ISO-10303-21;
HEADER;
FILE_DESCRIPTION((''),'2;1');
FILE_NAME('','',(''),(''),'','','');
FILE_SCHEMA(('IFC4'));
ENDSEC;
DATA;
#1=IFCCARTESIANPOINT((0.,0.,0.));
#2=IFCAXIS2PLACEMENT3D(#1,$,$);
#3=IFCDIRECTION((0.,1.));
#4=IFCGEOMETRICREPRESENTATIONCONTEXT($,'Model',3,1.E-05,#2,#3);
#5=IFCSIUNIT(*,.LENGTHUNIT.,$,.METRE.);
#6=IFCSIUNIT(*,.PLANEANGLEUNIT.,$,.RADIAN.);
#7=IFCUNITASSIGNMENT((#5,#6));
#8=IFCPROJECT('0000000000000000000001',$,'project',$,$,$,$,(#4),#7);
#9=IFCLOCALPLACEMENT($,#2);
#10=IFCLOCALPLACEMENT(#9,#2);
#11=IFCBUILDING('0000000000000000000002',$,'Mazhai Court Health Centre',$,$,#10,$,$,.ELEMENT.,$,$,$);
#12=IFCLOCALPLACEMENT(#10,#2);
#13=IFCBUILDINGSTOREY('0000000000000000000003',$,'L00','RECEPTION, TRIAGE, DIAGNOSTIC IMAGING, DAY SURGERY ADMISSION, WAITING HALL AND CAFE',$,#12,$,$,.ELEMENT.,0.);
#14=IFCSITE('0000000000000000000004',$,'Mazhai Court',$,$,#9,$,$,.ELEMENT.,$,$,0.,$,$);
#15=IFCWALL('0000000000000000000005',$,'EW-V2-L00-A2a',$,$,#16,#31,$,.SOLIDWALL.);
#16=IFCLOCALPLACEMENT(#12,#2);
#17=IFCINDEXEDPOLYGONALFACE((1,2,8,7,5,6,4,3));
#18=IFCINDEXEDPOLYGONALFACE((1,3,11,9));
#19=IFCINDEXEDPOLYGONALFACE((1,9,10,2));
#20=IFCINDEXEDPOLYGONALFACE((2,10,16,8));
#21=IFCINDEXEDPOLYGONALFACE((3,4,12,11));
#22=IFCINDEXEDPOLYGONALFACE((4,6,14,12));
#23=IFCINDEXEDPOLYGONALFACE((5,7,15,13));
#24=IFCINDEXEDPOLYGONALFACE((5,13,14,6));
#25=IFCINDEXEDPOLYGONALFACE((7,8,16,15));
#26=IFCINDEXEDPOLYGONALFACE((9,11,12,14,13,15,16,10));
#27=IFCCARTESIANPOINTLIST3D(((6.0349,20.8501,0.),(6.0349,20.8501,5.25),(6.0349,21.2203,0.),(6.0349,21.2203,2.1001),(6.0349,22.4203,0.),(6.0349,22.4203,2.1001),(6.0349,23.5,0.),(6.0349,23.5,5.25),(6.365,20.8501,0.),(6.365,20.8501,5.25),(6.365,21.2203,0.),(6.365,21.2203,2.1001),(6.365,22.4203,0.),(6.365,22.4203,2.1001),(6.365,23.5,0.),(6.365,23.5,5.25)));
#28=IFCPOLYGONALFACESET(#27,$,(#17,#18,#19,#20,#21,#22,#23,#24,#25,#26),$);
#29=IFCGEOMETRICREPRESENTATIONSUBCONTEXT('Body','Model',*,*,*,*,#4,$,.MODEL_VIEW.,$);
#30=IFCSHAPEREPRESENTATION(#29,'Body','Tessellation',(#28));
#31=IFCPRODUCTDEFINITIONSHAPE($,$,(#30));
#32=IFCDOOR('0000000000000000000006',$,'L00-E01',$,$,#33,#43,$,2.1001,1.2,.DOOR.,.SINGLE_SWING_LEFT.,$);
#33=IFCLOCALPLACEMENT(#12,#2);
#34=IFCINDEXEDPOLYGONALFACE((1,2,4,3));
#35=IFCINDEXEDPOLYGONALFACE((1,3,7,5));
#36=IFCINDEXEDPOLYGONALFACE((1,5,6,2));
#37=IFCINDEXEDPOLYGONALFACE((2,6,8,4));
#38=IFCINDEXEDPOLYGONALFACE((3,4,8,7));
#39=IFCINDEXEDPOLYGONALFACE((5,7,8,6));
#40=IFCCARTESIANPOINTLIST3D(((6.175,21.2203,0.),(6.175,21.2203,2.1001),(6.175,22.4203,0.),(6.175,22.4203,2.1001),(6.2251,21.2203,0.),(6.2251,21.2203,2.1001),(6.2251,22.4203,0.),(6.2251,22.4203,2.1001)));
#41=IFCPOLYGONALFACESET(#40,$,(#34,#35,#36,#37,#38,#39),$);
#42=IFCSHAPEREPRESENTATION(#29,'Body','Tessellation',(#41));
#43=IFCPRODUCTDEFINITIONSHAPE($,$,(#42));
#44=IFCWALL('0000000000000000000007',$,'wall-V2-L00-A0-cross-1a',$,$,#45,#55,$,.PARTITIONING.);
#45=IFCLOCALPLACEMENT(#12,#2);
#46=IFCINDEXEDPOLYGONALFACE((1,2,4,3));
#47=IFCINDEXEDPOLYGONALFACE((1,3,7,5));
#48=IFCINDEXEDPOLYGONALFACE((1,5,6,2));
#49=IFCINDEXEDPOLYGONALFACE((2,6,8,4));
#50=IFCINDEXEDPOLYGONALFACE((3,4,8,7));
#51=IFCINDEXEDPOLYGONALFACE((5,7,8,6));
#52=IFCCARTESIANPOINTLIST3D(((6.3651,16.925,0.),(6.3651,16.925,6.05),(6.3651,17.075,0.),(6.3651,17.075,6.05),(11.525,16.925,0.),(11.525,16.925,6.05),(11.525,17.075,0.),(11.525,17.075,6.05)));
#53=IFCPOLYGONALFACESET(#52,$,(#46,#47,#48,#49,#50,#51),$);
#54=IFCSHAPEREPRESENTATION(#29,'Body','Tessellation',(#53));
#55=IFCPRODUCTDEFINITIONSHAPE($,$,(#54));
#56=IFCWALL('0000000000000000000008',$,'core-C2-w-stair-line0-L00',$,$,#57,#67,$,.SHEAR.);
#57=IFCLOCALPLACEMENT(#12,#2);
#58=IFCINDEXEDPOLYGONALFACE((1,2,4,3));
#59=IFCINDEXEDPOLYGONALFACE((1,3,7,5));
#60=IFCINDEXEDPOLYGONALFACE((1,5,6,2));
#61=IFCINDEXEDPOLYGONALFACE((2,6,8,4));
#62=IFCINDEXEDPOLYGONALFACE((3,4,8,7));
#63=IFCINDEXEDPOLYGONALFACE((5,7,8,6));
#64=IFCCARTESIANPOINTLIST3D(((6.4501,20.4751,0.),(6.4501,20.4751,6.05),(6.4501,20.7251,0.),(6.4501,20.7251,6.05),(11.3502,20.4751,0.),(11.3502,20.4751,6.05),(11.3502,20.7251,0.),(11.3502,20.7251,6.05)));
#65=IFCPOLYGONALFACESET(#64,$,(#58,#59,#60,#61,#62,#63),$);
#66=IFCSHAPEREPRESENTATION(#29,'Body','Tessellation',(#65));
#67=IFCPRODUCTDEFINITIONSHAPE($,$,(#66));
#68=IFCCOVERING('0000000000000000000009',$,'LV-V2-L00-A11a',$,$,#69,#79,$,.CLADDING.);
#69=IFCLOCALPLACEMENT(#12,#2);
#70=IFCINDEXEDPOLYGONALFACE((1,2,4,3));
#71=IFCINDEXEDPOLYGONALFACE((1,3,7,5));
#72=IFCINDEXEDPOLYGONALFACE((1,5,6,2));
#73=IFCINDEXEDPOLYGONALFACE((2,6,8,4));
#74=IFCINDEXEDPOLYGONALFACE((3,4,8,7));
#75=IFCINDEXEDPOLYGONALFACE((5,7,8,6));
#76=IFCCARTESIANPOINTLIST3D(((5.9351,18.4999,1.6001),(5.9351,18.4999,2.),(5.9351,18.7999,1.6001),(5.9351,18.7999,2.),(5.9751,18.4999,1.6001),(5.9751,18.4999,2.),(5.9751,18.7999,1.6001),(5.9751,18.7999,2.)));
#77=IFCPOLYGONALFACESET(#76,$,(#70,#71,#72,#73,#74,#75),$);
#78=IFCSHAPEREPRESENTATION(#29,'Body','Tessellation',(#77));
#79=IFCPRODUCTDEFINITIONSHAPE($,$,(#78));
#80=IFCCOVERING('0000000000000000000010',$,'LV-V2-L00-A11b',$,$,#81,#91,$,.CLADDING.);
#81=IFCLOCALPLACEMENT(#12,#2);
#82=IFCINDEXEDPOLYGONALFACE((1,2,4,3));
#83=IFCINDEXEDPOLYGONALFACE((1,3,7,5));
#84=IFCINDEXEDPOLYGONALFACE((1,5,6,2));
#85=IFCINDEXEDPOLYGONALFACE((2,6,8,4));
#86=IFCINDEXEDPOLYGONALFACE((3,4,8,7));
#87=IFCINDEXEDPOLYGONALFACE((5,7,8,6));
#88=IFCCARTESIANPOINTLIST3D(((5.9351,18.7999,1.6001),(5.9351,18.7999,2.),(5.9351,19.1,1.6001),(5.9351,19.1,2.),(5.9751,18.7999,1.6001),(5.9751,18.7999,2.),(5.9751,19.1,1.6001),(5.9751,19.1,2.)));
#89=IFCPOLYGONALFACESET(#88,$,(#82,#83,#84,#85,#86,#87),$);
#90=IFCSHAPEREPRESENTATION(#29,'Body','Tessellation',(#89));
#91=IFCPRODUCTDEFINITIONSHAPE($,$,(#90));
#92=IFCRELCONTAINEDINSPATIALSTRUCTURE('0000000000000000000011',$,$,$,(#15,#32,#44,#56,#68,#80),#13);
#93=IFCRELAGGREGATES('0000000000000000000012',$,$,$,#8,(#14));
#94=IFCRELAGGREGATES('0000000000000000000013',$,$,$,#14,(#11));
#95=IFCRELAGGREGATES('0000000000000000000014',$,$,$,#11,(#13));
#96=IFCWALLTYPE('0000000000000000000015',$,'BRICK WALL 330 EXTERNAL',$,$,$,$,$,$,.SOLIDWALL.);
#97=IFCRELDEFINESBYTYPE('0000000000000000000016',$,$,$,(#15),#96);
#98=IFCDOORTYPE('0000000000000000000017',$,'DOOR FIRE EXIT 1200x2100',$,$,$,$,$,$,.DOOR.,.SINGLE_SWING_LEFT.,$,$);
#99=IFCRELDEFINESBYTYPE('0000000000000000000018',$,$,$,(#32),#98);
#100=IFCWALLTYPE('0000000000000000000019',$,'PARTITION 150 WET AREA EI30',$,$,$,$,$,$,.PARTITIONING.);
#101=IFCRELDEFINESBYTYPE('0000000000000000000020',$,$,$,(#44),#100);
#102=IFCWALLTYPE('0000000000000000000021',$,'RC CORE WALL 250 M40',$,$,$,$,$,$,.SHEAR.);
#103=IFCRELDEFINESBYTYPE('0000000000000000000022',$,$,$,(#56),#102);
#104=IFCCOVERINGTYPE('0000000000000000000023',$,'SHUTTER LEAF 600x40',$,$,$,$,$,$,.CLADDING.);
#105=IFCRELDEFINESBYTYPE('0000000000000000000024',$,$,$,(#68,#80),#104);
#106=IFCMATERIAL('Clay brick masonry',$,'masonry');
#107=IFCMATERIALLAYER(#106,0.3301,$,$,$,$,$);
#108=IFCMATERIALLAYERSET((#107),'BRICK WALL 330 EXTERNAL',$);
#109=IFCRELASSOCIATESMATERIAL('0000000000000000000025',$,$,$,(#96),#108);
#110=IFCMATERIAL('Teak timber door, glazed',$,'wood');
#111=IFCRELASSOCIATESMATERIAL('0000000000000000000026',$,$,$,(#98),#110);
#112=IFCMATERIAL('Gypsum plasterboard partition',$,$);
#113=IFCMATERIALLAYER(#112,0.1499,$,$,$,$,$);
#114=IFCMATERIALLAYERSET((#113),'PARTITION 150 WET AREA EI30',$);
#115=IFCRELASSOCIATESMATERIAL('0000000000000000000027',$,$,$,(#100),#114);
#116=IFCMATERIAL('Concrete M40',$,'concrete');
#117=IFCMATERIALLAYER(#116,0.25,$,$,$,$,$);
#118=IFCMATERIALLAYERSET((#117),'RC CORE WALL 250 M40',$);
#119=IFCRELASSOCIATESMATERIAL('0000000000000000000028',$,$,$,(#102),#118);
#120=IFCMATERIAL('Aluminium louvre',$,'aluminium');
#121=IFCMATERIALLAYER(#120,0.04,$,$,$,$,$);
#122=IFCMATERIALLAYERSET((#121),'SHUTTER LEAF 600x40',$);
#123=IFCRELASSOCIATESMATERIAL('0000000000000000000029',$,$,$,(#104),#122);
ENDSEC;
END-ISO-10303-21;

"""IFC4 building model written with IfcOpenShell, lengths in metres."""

from ifc_helpers import new_model, si_unit, direction, frame, frame_2d, origin, origin_2d, place, context, subcontext, project, spatial, rectangle, extrude, material, layer, layer_set, type_object, element, fill, save


model = new_model("IFC4")

# Units and contexts
model_context = context("Model", 3, precision=1e-05, world=origin(), true_north=direction((0.0, 1.0)))
body_context = subcontext(model_context, "Body", "Model", "MODEL_VIEW")
ifc_project = project(units=[si_unit("LENGTHUNIT", "METRE"), si_unit("PLANEANGLEUNIT", "RADIAN")], contexts=[model_context])

# Site, building, storey
site_placement = place(None, origin())
site = spatial("IfcSite", under=ifc_project, at=site_placement, Name="Mazhai Court", CompositionType="ELEMENT", RefElevation=0.0)
building_placement = place(site_placement, origin())
building = spatial("IfcBuilding", under=site, at=building_placement, Name="Mazhai Court Health Centre", CompositionType="ELEMENT")
storey_placement = place(building_placement, origin())
storey = spatial("IfcBuildingStorey", under=building, at=storey_placement, Name="L00", Description="RECEPTION, TRIAGE, DIAGNOSTIC IMAGING, DAY SURGERY ADMISSION, WAITING HALL AND CAFE", CompositionType="ELEMENT", Elevation=0.0)

# Wall, opening, door
ifc_material_1 = material(Name="Clay brick masonry", Category="masonry")
ifc_layer_1 = layer(ifc_material_1, 0.3301)
ifc_layer_set_1 = layer_set([ifc_layer_1], Name="BRICK WALL 330 EXTERNAL")
wall_type_1 = type_object("IfcWallType", Name="BRICK WALL 330 EXTERNAL", PredefinedType="SOLIDWALL", material=ifc_layer_set_1)
wall_1_placement = place(storey_placement, frame((6.2, 20.8501, 0.0), z_axis=(0.0, 0.0, 1.0), x_axis=(0.0, 1.0, 0.0)))
wall_1 = element("IfcWall", 1, at=wall_1_placement, inside=storey, type_object=wall_type_1, Name="EW-V2-L00-A2a", PredefinedType="SOLIDWALL", context=body_context, shape_type="SweptSolid", body=[
    extrude(rectangle(XDim=2.6499, YDim=0.3301, at=frame_2d((1.325, 0.0))), origin(), (0.0, 0.0, 1.0), 5.25),
])
opening_placement = place(wall_1_placement, frame((0.3701, 0.0, 0.0)))
opening = element("IfcOpeningElement", 2, at=opening_placement, cuts=wall_1, PredefinedType="OPENING", context=body_context, shape_type="SweptSolid", body=[
    extrude(rectangle(XDim=1.2, YDim=2.1001, at=frame_2d((0.6001, 1.05))), frame((0.0, 0.175, 0.0), z_axis=(0.0, -1.0, 0.0), x_axis=(1.0, 0.0, 0.0)), (0.0, 0.0, 1.0), 0.3501),
])
ifc_material_2 = material(Name="Teak timber door, glazed", Category="wood")
door_type = type_object("IfcDoorType", Name="DOOR FIRE EXIT 1200x2100", OperationType="SINGLE_SWING_LEFT", PredefinedType="DOOR", material=ifc_material_2)
door_placement = place(opening_placement, origin())
door = element("IfcDoor", 3, at=door_placement, inside=storey, type_object=door_type, Name="L00-E01", OperationType="SINGLE_SWING_LEFT", OverallHeight=2.1001, OverallWidth=1.2, PredefinedType="DOOR", context=body_context, shape_type="SweptSolid", body=[
    extrude(rectangle(XDim=1.2, YDim=2.1001, at=frame_2d((0.6001, 1.05))), frame((0.0, 0.0249, 0.0), z_axis=(0.0, -1.0, 0.0), x_axis=(1.0, 0.0, 0.0)), (0.0, 0.0, 1.0), 0.05),
])
fill(opening, door)

# Walls
ifc_material_3 = material(Name="Gypsum plasterboard partition")
ifc_layer_2 = layer(ifc_material_3, 0.1499)
ifc_layer_set_2 = layer_set([ifc_layer_2], Name="PARTITION 150 WET AREA EI30")
wall_type_2 = type_object("IfcWallType", Name="PARTITION 150 WET AREA EI30", PredefinedType="PARTITIONING", material=ifc_layer_set_2)
wall_2_placement = place(storey_placement, frame((6.365, 17.0, 0.0), z_axis=(0.0, 0.0, 1.0), x_axis=(1.0, 0.0, 0.0)))
element("IfcWall", 4, at=wall_2_placement, inside=storey, type_object=wall_type_2, Name="wall-V2-L00-A0-cross-1a", PredefinedType="PARTITIONING", context=body_context, shape_type="SweptSolid", body=[
    extrude(rectangle(XDim=5.1599, YDim=0.1499, at=frame_2d((2.5801, 0.0))), origin(), (0.0, 0.0, 1.0), 6.05),
])
ifc_material_4 = material(Name="Concrete M40", Category="concrete")
ifc_layer_3 = layer(ifc_material_4, 0.25)
ifc_layer_set_3 = layer_set([ifc_layer_3], Name="RC CORE WALL 250 M40")
wall_type_3 = type_object("IfcWallType", Name="RC CORE WALL 250 M40", PredefinedType="SHEAR", material=ifc_layer_set_3)
wall_3_placement = place(storey_placement, frame((6.45, 20.6001, 0.0), z_axis=(0.0, 0.0, 1.0), x_axis=(1.0, 0.0, 0.0)))
element("IfcWall", 5, at=wall_3_placement, inside=storey, type_object=wall_type_3, Name="core-C2-w-stair-line0-L00", PredefinedType="SHEAR", context=body_context, shape_type="SweptSolid", body=[
    extrude(rectangle(XDim=4.9001, YDim=0.25, at=frame_2d((2.4502, 0.0))), origin(), (0.0, 0.0, 1.0), 6.05),
])

# Coverings
ifc_material_5 = material(Name="Aluminium louvre", Category="aluminium")
ifc_layer_4 = layer(ifc_material_5, 0.04)
ifc_layer_set_4 = layer_set([ifc_layer_4], Name="SHUTTER LEAF 600x40")
covering_type = type_object("IfcCoveringType", Name="SHUTTER LEAF 600x40", PredefinedType="CLADDING", material=ifc_layer_set_4)
for number, where, z_axis, x_axis, name in (
    (6, (5.9551, 18.6499, 1.6001), (0.0, 0.0, 1.0), (0.0, 1.0, 0.0), "LV-V2-L00-A11a"),
    (7, (5.9551, 18.95, 1.6001), (0.0, 0.0, 1.0), (0.0, 1.0, 0.0), "LV-V2-L00-A11b"),
):
    element("IfcCovering", number, at=place(storey_placement, frame(where, z_axis=z_axis, x_axis=x_axis)), inside=storey, type_object=covering_type, Name=name, PredefinedType="CLADDING", context=body_context, shape_type="SweptSolid", body=[
        extrude(rectangle(XDim=0.3, YDim=0.04, at=origin_2d()), origin(), (0.0, 0.0, 1.0), 0.3999),
    ])

save(model, "model.ifc")
